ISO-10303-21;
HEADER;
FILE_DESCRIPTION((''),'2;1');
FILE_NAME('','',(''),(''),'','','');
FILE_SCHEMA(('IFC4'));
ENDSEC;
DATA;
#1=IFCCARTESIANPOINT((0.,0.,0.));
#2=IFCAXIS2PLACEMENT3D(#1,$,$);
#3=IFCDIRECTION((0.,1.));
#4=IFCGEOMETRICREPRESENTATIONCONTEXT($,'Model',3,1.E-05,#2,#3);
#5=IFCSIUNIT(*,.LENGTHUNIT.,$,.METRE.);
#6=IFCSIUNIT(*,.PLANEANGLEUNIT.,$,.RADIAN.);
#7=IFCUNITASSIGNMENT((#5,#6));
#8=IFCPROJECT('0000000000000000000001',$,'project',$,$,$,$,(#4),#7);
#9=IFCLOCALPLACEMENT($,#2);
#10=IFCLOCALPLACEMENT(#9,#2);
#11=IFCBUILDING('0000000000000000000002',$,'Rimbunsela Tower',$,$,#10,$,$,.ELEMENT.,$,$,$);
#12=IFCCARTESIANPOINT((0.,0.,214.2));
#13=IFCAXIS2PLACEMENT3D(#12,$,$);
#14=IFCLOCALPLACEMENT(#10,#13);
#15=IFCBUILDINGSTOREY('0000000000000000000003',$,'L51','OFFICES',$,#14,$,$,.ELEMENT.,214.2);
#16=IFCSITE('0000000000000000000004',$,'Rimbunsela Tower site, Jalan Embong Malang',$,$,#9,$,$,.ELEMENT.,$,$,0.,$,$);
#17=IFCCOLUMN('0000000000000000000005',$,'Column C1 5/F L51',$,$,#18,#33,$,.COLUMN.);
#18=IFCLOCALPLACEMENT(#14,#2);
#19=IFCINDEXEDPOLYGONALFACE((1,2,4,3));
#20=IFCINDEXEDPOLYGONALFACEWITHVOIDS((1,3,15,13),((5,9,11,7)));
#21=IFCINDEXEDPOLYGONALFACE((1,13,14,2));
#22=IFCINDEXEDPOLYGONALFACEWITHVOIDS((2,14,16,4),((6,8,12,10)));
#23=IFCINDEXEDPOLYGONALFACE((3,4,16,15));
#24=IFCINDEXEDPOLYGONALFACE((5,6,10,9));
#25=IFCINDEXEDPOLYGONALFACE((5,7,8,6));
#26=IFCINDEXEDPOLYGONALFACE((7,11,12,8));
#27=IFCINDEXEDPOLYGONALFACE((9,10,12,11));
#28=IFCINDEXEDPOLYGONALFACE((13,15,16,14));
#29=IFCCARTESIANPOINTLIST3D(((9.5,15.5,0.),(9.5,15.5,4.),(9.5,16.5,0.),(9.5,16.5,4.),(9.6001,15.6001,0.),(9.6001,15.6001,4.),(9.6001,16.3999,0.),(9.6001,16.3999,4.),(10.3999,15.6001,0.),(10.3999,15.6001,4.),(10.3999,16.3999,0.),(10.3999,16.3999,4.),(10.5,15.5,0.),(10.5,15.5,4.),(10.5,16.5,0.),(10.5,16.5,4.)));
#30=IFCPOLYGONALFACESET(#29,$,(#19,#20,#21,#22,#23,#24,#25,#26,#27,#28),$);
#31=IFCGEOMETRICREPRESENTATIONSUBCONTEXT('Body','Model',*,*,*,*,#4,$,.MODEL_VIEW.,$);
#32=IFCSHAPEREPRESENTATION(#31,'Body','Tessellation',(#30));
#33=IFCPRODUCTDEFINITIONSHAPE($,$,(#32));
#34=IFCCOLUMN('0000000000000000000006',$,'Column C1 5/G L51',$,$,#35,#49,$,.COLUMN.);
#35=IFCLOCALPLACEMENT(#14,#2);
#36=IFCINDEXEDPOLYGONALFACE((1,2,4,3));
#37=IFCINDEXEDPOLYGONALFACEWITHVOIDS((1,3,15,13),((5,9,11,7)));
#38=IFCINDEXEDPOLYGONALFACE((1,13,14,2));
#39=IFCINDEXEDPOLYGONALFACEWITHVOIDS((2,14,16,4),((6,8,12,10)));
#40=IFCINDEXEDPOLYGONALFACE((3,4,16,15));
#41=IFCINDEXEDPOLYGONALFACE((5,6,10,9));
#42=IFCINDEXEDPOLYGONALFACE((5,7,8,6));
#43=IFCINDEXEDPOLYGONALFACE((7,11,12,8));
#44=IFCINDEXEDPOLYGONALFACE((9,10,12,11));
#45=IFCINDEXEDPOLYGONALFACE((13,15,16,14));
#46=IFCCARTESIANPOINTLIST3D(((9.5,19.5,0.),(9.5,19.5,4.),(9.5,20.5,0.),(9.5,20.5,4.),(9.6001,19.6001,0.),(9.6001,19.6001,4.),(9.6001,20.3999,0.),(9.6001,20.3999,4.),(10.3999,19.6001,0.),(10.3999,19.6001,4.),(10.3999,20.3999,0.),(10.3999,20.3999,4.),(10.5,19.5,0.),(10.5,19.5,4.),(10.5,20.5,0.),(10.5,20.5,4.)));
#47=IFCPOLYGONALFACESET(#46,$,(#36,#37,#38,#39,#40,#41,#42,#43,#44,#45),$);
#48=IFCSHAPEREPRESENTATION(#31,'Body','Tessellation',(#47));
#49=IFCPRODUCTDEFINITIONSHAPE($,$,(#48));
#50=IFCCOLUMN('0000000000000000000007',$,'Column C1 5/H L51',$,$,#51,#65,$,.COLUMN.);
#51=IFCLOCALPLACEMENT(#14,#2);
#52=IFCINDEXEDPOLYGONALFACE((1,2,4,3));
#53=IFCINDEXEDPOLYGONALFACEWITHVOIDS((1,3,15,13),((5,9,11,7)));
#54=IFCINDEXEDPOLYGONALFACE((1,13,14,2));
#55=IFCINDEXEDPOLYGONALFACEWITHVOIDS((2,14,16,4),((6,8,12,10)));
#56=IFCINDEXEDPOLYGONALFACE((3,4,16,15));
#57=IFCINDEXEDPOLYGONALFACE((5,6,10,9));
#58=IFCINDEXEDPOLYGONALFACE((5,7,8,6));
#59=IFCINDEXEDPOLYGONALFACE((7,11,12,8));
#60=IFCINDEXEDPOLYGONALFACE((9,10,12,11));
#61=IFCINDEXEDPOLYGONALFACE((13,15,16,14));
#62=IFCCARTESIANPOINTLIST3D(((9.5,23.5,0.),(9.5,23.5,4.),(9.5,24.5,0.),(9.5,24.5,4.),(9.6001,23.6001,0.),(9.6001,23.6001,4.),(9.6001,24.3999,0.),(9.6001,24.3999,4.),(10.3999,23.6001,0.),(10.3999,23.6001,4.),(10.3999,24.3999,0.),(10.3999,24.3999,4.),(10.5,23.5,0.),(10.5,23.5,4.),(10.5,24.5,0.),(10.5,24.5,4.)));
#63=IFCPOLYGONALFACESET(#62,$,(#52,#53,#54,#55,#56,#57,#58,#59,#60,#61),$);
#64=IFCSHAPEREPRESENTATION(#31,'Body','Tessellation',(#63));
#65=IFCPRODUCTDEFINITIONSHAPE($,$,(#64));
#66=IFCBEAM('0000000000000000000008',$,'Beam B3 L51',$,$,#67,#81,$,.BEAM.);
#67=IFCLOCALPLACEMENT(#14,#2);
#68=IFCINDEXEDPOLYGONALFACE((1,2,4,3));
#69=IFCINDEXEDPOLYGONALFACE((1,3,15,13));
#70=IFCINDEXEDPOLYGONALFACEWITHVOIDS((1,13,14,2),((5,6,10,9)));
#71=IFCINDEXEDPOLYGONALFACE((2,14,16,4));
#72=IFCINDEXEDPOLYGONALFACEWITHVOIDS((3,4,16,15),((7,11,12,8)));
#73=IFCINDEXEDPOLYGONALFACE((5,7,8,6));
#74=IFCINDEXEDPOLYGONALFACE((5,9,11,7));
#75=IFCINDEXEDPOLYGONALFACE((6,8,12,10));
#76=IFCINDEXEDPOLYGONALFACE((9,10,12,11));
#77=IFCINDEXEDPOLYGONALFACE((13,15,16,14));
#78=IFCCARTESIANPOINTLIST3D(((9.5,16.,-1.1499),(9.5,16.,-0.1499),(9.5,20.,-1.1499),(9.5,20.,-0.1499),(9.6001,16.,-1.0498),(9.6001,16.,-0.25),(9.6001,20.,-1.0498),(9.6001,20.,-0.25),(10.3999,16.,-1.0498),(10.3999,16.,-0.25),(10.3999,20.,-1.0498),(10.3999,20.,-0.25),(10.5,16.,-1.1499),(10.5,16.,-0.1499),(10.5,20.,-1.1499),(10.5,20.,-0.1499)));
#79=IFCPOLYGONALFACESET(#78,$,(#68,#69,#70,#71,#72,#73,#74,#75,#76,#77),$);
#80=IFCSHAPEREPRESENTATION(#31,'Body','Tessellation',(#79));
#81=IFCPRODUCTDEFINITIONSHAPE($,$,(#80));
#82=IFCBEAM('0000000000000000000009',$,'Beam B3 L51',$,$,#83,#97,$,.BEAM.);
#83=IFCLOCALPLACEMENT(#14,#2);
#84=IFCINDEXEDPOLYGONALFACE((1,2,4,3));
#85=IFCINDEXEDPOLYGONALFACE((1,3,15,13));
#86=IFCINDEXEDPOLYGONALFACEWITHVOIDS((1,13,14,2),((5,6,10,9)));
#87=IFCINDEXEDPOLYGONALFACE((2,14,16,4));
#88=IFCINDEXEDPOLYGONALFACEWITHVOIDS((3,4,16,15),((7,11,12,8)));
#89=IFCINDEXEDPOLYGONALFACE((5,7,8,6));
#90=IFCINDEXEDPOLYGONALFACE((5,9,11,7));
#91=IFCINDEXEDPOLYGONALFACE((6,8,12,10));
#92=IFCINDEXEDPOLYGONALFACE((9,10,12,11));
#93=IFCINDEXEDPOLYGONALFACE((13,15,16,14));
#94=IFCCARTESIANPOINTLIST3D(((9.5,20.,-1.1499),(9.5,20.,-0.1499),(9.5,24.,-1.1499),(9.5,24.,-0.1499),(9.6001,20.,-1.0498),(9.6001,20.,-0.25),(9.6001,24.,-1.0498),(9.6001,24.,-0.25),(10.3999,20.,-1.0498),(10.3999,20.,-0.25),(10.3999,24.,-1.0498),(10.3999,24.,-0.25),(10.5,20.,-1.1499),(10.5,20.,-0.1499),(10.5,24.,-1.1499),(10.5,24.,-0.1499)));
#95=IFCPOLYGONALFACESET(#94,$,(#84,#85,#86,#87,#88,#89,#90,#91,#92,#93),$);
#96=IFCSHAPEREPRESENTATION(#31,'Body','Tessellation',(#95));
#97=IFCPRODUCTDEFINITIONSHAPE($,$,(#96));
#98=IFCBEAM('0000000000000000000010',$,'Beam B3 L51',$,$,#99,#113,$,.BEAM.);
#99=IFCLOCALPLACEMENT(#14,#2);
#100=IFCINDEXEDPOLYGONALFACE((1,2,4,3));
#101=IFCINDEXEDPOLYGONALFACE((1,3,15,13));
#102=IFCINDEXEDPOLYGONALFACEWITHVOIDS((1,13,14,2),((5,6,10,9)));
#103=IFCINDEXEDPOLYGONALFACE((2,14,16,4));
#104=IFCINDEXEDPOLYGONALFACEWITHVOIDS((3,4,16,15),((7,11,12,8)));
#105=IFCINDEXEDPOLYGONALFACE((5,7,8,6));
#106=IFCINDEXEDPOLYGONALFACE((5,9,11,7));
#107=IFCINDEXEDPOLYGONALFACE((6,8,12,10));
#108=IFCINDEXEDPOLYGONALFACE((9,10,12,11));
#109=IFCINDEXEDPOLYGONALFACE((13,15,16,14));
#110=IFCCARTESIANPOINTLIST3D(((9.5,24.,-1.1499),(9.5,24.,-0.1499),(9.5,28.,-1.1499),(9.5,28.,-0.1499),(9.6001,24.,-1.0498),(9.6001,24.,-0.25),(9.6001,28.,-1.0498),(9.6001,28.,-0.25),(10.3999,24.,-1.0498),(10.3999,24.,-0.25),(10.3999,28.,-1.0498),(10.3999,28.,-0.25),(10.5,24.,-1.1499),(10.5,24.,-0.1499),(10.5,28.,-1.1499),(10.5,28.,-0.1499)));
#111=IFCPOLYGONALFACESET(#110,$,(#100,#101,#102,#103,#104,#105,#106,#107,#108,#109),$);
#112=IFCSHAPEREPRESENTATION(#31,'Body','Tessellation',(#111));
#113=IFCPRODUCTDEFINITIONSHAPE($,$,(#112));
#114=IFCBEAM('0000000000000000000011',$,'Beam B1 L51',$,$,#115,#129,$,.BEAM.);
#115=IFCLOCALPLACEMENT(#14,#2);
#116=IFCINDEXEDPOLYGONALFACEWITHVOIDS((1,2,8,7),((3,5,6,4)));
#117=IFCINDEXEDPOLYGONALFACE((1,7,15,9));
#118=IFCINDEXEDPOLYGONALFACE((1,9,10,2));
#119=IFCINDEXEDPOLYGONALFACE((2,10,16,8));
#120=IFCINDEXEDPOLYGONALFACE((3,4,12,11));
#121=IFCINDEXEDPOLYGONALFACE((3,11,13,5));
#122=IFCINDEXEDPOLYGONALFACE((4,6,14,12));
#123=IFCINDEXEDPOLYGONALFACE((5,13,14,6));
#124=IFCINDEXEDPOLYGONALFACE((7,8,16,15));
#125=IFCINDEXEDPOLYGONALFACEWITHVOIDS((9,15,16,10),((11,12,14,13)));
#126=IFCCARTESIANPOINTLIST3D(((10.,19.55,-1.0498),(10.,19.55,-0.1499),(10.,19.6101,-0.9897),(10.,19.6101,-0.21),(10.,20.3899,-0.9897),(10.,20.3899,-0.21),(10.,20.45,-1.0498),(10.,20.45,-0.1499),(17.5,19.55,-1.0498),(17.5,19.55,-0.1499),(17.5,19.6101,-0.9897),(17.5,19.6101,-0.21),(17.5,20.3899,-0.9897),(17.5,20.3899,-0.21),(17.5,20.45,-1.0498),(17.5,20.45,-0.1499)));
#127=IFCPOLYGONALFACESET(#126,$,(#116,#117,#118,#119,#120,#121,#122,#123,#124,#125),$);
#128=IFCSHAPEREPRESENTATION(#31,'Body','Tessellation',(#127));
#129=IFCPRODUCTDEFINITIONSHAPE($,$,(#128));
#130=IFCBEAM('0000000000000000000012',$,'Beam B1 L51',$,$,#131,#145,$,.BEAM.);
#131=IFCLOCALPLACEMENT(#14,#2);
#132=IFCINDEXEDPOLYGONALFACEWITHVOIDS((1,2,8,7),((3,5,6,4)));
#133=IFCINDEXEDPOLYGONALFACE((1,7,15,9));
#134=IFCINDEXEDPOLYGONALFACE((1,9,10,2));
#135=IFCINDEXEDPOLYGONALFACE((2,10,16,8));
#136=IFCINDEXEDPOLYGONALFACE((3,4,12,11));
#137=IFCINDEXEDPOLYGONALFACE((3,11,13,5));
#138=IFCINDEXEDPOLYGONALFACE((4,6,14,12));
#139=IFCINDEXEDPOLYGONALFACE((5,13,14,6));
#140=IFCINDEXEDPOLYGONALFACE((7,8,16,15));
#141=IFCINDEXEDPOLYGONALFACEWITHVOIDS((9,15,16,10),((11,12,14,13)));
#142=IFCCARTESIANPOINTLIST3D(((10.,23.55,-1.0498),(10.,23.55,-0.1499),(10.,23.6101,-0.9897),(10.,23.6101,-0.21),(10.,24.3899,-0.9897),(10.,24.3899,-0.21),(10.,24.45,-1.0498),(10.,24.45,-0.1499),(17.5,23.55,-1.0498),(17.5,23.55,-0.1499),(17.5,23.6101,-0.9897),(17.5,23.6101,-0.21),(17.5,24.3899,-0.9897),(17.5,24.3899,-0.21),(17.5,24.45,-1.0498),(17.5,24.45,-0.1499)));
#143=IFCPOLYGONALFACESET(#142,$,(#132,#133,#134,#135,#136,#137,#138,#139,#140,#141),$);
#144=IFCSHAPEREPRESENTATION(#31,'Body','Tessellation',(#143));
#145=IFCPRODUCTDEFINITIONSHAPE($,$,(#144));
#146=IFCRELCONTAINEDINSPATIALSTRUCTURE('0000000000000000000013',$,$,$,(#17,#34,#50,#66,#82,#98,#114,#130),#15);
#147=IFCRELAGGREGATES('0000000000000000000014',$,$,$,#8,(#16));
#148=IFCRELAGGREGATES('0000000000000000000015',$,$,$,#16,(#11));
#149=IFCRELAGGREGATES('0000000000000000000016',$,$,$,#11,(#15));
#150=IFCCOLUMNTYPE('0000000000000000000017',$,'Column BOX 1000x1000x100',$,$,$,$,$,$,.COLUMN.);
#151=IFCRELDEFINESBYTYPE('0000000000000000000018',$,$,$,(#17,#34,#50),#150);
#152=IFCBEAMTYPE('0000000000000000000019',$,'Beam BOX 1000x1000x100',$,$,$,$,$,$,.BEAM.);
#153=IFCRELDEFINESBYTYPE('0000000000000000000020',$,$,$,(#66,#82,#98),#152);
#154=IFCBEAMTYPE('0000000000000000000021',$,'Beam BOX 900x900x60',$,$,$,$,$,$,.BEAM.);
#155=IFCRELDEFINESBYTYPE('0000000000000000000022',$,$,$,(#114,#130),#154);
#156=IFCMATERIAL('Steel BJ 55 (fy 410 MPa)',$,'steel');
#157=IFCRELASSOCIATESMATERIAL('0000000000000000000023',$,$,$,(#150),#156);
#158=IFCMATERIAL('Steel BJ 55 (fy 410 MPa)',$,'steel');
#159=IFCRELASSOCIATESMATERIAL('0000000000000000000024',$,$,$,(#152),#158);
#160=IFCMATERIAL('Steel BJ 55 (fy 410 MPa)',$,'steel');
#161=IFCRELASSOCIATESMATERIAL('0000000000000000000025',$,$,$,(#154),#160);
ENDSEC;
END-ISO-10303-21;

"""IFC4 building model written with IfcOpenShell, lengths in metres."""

from ifc_helpers import new_model, si_unit, direction, frame, origin, origin_2d, place, context, subcontext, project, spatial, hollow_rectangle, extrude, material, material_profile, profile_set, type_object, element, save


model = new_model("IFC4")

# Units and contexts
model_context = context("Model", 3, precision=1e-05, world=origin(), true_north=direction((0.0, 1.0)))
body_context = subcontext(model_context, "Body", "Model", "MODEL_VIEW")
ifc_project = project(units=[si_unit("LENGTHUNIT", "METRE"), si_unit("PLANEANGLEUNIT", "RADIAN")], contexts=[model_context])

# Site, building, storey
site_placement = place(None, origin())
site = spatial("IfcSite", under=ifc_project, at=site_placement, Name="Rimbunsela Tower site, Jalan Embong Malang", CompositionType="ELEMENT", RefElevation=0.0)
building_placement = place(site_placement, origin())
building = spatial("IfcBuilding", under=site, at=building_placement, Name="Rimbunsela Tower", CompositionType="ELEMENT")
storey_placement = place(building_placement, frame((0.0, 0.0, 214.2)))
storey = spatial("IfcBuildingStorey", under=building, at=storey_placement, Name="L51", Description="OFFICES", CompositionType="ELEMENT", Elevation=214.2)

# Columns
ifc_material_1 = material(Name="Steel BJ 55 (fy 410 MPa)", Category="steel")
ifc_material_profile_1 = material_profile(ifc_material_1, hollow_rectangle(XDim=1.0, YDim=1.0, WallThickness=0.1001, at=origin_2d()), Name="BOX 1000x1000x100")
ifc_profile_set_1 = profile_set([ifc_material_profile_1], Name="Steel BJ 55 (fy 410 MPa)")
column_type = type_object("IfcColumnType", Name="Column BOX 1000x1000x100", PredefinedType="COLUMN", material=ifc_profile_set_1)
for number, where, z_axis, x_axis, name in (
    (1, (10.0, 16.0, 0.0), (0.0, 0.0, 1.0), (1.0, 0.0, 0.0), "Column C1 5/F L51"),
    (2, (10.0, 20.0, 0.0), (0.0, 0.0, 1.0), (1.0, 0.0, 0.0), "Column C1 5/G L51"),
    (3, (10.0, 24.0, 0.0), (0.0, 0.0, 1.0), (1.0, 0.0, 0.0), "Column C1 5/H L51"),
):
    element("IfcColumn", number, at=place(storey_placement, frame(where, z_axis=z_axis, x_axis=x_axis)), inside=storey, type_object=column_type, Name=name, PredefinedType="COLUMN", context=body_context, shape_type="SweptSolid", body=[
        extrude(hollow_rectangle(XDim=1.0, YDim=1.0, WallThickness=0.1001, at=origin_2d()), origin(), (0.0, 0.0, 1.0), 4.0),
    ])

# Beams
ifc_material_2 = material(Name="Steel BJ 55 (fy 410 MPa)", Category="steel")
ifc_material_profile_2 = material_profile(ifc_material_2, hollow_rectangle(XDim=1.0, YDim=1.0, WallThickness=0.1001, at=origin_2d()), Name="BOX 1000x1000x100")
ifc_profile_set_2 = profile_set([ifc_material_profile_2], Name="Steel BJ 55 (fy 410 MPa)")
beam_type_1 = type_object("IfcBeamType", Name="Beam BOX 1000x1000x100", PredefinedType="BEAM", material=ifc_profile_set_2)
for number, where, z_axis, x_axis, name in (
    (4, (10.0, 16.0, -0.6499), (0.0, 1.0, 0.0), (-1.0, 0.0, 0.0), "Beam B3 L51"),
    (5, (10.0, 20.0, -0.6499), (0.0, 1.0, 0.0), (-1.0, 0.0, 0.0), "Beam B3 L51"),
    (6, (10.0, 24.0, -0.6499), (0.0, 1.0, 0.0), (-1.0, 0.0, 0.0), "Beam B3 L51"),
):
    element("IfcBeam", number, at=place(storey_placement, frame(where, z_axis=z_axis, x_axis=x_axis)), inside=storey, type_object=beam_type_1, Name=name, PredefinedType="BEAM", context=body_context, shape_type="SweptSolid", body=[
        extrude(hollow_rectangle(XDim=1.0, YDim=1.0, WallThickness=0.1001, at=origin_2d()), origin(), (0.0, 0.0, 1.0), 4.0),
    ])
ifc_material_3 = material(Name="Steel BJ 55 (fy 410 MPa)", Category="steel")
ifc_material_profile_3 = material_profile(ifc_material_3, hollow_rectangle(XDim=0.8999, YDim=0.8999, WallThickness=0.0601, at=origin_2d()), Name="BOX 900x900x60")
ifc_profile_set_3 = profile_set([ifc_material_profile_3], Name="Steel BJ 55 (fy 410 MPa)")
beam_type_2 = type_object("IfcBeamType", Name="Beam BOX 900x900x60", PredefinedType="BEAM", material=ifc_profile_set_3)
for number, where, z_axis, x_axis, name in (
    (7, (10.0, 20.0, -0.5999), (1.0, 0.0, 0.0), (0.0, 1.0, 0.0), "Beam B1 L51"),
    (8, (10.0, 24.0, -0.5999), (1.0, 0.0, 0.0), (0.0, 1.0, 0.0), "Beam B1 L51"),
):
    element("IfcBeam", number, at=place(storey_placement, frame(where, z_axis=z_axis, x_axis=x_axis)), inside=storey, type_object=beam_type_2, Name=name, PredefinedType="BEAM", context=body_context, shape_type="SweptSolid", body=[
        extrude(hollow_rectangle(XDim=0.8999, YDim=0.8999, WallThickness=0.0601, at=origin_2d()), origin(), (0.0, 0.0, 1.0), 7.5),
    ])

save(model, "model.ifc")
